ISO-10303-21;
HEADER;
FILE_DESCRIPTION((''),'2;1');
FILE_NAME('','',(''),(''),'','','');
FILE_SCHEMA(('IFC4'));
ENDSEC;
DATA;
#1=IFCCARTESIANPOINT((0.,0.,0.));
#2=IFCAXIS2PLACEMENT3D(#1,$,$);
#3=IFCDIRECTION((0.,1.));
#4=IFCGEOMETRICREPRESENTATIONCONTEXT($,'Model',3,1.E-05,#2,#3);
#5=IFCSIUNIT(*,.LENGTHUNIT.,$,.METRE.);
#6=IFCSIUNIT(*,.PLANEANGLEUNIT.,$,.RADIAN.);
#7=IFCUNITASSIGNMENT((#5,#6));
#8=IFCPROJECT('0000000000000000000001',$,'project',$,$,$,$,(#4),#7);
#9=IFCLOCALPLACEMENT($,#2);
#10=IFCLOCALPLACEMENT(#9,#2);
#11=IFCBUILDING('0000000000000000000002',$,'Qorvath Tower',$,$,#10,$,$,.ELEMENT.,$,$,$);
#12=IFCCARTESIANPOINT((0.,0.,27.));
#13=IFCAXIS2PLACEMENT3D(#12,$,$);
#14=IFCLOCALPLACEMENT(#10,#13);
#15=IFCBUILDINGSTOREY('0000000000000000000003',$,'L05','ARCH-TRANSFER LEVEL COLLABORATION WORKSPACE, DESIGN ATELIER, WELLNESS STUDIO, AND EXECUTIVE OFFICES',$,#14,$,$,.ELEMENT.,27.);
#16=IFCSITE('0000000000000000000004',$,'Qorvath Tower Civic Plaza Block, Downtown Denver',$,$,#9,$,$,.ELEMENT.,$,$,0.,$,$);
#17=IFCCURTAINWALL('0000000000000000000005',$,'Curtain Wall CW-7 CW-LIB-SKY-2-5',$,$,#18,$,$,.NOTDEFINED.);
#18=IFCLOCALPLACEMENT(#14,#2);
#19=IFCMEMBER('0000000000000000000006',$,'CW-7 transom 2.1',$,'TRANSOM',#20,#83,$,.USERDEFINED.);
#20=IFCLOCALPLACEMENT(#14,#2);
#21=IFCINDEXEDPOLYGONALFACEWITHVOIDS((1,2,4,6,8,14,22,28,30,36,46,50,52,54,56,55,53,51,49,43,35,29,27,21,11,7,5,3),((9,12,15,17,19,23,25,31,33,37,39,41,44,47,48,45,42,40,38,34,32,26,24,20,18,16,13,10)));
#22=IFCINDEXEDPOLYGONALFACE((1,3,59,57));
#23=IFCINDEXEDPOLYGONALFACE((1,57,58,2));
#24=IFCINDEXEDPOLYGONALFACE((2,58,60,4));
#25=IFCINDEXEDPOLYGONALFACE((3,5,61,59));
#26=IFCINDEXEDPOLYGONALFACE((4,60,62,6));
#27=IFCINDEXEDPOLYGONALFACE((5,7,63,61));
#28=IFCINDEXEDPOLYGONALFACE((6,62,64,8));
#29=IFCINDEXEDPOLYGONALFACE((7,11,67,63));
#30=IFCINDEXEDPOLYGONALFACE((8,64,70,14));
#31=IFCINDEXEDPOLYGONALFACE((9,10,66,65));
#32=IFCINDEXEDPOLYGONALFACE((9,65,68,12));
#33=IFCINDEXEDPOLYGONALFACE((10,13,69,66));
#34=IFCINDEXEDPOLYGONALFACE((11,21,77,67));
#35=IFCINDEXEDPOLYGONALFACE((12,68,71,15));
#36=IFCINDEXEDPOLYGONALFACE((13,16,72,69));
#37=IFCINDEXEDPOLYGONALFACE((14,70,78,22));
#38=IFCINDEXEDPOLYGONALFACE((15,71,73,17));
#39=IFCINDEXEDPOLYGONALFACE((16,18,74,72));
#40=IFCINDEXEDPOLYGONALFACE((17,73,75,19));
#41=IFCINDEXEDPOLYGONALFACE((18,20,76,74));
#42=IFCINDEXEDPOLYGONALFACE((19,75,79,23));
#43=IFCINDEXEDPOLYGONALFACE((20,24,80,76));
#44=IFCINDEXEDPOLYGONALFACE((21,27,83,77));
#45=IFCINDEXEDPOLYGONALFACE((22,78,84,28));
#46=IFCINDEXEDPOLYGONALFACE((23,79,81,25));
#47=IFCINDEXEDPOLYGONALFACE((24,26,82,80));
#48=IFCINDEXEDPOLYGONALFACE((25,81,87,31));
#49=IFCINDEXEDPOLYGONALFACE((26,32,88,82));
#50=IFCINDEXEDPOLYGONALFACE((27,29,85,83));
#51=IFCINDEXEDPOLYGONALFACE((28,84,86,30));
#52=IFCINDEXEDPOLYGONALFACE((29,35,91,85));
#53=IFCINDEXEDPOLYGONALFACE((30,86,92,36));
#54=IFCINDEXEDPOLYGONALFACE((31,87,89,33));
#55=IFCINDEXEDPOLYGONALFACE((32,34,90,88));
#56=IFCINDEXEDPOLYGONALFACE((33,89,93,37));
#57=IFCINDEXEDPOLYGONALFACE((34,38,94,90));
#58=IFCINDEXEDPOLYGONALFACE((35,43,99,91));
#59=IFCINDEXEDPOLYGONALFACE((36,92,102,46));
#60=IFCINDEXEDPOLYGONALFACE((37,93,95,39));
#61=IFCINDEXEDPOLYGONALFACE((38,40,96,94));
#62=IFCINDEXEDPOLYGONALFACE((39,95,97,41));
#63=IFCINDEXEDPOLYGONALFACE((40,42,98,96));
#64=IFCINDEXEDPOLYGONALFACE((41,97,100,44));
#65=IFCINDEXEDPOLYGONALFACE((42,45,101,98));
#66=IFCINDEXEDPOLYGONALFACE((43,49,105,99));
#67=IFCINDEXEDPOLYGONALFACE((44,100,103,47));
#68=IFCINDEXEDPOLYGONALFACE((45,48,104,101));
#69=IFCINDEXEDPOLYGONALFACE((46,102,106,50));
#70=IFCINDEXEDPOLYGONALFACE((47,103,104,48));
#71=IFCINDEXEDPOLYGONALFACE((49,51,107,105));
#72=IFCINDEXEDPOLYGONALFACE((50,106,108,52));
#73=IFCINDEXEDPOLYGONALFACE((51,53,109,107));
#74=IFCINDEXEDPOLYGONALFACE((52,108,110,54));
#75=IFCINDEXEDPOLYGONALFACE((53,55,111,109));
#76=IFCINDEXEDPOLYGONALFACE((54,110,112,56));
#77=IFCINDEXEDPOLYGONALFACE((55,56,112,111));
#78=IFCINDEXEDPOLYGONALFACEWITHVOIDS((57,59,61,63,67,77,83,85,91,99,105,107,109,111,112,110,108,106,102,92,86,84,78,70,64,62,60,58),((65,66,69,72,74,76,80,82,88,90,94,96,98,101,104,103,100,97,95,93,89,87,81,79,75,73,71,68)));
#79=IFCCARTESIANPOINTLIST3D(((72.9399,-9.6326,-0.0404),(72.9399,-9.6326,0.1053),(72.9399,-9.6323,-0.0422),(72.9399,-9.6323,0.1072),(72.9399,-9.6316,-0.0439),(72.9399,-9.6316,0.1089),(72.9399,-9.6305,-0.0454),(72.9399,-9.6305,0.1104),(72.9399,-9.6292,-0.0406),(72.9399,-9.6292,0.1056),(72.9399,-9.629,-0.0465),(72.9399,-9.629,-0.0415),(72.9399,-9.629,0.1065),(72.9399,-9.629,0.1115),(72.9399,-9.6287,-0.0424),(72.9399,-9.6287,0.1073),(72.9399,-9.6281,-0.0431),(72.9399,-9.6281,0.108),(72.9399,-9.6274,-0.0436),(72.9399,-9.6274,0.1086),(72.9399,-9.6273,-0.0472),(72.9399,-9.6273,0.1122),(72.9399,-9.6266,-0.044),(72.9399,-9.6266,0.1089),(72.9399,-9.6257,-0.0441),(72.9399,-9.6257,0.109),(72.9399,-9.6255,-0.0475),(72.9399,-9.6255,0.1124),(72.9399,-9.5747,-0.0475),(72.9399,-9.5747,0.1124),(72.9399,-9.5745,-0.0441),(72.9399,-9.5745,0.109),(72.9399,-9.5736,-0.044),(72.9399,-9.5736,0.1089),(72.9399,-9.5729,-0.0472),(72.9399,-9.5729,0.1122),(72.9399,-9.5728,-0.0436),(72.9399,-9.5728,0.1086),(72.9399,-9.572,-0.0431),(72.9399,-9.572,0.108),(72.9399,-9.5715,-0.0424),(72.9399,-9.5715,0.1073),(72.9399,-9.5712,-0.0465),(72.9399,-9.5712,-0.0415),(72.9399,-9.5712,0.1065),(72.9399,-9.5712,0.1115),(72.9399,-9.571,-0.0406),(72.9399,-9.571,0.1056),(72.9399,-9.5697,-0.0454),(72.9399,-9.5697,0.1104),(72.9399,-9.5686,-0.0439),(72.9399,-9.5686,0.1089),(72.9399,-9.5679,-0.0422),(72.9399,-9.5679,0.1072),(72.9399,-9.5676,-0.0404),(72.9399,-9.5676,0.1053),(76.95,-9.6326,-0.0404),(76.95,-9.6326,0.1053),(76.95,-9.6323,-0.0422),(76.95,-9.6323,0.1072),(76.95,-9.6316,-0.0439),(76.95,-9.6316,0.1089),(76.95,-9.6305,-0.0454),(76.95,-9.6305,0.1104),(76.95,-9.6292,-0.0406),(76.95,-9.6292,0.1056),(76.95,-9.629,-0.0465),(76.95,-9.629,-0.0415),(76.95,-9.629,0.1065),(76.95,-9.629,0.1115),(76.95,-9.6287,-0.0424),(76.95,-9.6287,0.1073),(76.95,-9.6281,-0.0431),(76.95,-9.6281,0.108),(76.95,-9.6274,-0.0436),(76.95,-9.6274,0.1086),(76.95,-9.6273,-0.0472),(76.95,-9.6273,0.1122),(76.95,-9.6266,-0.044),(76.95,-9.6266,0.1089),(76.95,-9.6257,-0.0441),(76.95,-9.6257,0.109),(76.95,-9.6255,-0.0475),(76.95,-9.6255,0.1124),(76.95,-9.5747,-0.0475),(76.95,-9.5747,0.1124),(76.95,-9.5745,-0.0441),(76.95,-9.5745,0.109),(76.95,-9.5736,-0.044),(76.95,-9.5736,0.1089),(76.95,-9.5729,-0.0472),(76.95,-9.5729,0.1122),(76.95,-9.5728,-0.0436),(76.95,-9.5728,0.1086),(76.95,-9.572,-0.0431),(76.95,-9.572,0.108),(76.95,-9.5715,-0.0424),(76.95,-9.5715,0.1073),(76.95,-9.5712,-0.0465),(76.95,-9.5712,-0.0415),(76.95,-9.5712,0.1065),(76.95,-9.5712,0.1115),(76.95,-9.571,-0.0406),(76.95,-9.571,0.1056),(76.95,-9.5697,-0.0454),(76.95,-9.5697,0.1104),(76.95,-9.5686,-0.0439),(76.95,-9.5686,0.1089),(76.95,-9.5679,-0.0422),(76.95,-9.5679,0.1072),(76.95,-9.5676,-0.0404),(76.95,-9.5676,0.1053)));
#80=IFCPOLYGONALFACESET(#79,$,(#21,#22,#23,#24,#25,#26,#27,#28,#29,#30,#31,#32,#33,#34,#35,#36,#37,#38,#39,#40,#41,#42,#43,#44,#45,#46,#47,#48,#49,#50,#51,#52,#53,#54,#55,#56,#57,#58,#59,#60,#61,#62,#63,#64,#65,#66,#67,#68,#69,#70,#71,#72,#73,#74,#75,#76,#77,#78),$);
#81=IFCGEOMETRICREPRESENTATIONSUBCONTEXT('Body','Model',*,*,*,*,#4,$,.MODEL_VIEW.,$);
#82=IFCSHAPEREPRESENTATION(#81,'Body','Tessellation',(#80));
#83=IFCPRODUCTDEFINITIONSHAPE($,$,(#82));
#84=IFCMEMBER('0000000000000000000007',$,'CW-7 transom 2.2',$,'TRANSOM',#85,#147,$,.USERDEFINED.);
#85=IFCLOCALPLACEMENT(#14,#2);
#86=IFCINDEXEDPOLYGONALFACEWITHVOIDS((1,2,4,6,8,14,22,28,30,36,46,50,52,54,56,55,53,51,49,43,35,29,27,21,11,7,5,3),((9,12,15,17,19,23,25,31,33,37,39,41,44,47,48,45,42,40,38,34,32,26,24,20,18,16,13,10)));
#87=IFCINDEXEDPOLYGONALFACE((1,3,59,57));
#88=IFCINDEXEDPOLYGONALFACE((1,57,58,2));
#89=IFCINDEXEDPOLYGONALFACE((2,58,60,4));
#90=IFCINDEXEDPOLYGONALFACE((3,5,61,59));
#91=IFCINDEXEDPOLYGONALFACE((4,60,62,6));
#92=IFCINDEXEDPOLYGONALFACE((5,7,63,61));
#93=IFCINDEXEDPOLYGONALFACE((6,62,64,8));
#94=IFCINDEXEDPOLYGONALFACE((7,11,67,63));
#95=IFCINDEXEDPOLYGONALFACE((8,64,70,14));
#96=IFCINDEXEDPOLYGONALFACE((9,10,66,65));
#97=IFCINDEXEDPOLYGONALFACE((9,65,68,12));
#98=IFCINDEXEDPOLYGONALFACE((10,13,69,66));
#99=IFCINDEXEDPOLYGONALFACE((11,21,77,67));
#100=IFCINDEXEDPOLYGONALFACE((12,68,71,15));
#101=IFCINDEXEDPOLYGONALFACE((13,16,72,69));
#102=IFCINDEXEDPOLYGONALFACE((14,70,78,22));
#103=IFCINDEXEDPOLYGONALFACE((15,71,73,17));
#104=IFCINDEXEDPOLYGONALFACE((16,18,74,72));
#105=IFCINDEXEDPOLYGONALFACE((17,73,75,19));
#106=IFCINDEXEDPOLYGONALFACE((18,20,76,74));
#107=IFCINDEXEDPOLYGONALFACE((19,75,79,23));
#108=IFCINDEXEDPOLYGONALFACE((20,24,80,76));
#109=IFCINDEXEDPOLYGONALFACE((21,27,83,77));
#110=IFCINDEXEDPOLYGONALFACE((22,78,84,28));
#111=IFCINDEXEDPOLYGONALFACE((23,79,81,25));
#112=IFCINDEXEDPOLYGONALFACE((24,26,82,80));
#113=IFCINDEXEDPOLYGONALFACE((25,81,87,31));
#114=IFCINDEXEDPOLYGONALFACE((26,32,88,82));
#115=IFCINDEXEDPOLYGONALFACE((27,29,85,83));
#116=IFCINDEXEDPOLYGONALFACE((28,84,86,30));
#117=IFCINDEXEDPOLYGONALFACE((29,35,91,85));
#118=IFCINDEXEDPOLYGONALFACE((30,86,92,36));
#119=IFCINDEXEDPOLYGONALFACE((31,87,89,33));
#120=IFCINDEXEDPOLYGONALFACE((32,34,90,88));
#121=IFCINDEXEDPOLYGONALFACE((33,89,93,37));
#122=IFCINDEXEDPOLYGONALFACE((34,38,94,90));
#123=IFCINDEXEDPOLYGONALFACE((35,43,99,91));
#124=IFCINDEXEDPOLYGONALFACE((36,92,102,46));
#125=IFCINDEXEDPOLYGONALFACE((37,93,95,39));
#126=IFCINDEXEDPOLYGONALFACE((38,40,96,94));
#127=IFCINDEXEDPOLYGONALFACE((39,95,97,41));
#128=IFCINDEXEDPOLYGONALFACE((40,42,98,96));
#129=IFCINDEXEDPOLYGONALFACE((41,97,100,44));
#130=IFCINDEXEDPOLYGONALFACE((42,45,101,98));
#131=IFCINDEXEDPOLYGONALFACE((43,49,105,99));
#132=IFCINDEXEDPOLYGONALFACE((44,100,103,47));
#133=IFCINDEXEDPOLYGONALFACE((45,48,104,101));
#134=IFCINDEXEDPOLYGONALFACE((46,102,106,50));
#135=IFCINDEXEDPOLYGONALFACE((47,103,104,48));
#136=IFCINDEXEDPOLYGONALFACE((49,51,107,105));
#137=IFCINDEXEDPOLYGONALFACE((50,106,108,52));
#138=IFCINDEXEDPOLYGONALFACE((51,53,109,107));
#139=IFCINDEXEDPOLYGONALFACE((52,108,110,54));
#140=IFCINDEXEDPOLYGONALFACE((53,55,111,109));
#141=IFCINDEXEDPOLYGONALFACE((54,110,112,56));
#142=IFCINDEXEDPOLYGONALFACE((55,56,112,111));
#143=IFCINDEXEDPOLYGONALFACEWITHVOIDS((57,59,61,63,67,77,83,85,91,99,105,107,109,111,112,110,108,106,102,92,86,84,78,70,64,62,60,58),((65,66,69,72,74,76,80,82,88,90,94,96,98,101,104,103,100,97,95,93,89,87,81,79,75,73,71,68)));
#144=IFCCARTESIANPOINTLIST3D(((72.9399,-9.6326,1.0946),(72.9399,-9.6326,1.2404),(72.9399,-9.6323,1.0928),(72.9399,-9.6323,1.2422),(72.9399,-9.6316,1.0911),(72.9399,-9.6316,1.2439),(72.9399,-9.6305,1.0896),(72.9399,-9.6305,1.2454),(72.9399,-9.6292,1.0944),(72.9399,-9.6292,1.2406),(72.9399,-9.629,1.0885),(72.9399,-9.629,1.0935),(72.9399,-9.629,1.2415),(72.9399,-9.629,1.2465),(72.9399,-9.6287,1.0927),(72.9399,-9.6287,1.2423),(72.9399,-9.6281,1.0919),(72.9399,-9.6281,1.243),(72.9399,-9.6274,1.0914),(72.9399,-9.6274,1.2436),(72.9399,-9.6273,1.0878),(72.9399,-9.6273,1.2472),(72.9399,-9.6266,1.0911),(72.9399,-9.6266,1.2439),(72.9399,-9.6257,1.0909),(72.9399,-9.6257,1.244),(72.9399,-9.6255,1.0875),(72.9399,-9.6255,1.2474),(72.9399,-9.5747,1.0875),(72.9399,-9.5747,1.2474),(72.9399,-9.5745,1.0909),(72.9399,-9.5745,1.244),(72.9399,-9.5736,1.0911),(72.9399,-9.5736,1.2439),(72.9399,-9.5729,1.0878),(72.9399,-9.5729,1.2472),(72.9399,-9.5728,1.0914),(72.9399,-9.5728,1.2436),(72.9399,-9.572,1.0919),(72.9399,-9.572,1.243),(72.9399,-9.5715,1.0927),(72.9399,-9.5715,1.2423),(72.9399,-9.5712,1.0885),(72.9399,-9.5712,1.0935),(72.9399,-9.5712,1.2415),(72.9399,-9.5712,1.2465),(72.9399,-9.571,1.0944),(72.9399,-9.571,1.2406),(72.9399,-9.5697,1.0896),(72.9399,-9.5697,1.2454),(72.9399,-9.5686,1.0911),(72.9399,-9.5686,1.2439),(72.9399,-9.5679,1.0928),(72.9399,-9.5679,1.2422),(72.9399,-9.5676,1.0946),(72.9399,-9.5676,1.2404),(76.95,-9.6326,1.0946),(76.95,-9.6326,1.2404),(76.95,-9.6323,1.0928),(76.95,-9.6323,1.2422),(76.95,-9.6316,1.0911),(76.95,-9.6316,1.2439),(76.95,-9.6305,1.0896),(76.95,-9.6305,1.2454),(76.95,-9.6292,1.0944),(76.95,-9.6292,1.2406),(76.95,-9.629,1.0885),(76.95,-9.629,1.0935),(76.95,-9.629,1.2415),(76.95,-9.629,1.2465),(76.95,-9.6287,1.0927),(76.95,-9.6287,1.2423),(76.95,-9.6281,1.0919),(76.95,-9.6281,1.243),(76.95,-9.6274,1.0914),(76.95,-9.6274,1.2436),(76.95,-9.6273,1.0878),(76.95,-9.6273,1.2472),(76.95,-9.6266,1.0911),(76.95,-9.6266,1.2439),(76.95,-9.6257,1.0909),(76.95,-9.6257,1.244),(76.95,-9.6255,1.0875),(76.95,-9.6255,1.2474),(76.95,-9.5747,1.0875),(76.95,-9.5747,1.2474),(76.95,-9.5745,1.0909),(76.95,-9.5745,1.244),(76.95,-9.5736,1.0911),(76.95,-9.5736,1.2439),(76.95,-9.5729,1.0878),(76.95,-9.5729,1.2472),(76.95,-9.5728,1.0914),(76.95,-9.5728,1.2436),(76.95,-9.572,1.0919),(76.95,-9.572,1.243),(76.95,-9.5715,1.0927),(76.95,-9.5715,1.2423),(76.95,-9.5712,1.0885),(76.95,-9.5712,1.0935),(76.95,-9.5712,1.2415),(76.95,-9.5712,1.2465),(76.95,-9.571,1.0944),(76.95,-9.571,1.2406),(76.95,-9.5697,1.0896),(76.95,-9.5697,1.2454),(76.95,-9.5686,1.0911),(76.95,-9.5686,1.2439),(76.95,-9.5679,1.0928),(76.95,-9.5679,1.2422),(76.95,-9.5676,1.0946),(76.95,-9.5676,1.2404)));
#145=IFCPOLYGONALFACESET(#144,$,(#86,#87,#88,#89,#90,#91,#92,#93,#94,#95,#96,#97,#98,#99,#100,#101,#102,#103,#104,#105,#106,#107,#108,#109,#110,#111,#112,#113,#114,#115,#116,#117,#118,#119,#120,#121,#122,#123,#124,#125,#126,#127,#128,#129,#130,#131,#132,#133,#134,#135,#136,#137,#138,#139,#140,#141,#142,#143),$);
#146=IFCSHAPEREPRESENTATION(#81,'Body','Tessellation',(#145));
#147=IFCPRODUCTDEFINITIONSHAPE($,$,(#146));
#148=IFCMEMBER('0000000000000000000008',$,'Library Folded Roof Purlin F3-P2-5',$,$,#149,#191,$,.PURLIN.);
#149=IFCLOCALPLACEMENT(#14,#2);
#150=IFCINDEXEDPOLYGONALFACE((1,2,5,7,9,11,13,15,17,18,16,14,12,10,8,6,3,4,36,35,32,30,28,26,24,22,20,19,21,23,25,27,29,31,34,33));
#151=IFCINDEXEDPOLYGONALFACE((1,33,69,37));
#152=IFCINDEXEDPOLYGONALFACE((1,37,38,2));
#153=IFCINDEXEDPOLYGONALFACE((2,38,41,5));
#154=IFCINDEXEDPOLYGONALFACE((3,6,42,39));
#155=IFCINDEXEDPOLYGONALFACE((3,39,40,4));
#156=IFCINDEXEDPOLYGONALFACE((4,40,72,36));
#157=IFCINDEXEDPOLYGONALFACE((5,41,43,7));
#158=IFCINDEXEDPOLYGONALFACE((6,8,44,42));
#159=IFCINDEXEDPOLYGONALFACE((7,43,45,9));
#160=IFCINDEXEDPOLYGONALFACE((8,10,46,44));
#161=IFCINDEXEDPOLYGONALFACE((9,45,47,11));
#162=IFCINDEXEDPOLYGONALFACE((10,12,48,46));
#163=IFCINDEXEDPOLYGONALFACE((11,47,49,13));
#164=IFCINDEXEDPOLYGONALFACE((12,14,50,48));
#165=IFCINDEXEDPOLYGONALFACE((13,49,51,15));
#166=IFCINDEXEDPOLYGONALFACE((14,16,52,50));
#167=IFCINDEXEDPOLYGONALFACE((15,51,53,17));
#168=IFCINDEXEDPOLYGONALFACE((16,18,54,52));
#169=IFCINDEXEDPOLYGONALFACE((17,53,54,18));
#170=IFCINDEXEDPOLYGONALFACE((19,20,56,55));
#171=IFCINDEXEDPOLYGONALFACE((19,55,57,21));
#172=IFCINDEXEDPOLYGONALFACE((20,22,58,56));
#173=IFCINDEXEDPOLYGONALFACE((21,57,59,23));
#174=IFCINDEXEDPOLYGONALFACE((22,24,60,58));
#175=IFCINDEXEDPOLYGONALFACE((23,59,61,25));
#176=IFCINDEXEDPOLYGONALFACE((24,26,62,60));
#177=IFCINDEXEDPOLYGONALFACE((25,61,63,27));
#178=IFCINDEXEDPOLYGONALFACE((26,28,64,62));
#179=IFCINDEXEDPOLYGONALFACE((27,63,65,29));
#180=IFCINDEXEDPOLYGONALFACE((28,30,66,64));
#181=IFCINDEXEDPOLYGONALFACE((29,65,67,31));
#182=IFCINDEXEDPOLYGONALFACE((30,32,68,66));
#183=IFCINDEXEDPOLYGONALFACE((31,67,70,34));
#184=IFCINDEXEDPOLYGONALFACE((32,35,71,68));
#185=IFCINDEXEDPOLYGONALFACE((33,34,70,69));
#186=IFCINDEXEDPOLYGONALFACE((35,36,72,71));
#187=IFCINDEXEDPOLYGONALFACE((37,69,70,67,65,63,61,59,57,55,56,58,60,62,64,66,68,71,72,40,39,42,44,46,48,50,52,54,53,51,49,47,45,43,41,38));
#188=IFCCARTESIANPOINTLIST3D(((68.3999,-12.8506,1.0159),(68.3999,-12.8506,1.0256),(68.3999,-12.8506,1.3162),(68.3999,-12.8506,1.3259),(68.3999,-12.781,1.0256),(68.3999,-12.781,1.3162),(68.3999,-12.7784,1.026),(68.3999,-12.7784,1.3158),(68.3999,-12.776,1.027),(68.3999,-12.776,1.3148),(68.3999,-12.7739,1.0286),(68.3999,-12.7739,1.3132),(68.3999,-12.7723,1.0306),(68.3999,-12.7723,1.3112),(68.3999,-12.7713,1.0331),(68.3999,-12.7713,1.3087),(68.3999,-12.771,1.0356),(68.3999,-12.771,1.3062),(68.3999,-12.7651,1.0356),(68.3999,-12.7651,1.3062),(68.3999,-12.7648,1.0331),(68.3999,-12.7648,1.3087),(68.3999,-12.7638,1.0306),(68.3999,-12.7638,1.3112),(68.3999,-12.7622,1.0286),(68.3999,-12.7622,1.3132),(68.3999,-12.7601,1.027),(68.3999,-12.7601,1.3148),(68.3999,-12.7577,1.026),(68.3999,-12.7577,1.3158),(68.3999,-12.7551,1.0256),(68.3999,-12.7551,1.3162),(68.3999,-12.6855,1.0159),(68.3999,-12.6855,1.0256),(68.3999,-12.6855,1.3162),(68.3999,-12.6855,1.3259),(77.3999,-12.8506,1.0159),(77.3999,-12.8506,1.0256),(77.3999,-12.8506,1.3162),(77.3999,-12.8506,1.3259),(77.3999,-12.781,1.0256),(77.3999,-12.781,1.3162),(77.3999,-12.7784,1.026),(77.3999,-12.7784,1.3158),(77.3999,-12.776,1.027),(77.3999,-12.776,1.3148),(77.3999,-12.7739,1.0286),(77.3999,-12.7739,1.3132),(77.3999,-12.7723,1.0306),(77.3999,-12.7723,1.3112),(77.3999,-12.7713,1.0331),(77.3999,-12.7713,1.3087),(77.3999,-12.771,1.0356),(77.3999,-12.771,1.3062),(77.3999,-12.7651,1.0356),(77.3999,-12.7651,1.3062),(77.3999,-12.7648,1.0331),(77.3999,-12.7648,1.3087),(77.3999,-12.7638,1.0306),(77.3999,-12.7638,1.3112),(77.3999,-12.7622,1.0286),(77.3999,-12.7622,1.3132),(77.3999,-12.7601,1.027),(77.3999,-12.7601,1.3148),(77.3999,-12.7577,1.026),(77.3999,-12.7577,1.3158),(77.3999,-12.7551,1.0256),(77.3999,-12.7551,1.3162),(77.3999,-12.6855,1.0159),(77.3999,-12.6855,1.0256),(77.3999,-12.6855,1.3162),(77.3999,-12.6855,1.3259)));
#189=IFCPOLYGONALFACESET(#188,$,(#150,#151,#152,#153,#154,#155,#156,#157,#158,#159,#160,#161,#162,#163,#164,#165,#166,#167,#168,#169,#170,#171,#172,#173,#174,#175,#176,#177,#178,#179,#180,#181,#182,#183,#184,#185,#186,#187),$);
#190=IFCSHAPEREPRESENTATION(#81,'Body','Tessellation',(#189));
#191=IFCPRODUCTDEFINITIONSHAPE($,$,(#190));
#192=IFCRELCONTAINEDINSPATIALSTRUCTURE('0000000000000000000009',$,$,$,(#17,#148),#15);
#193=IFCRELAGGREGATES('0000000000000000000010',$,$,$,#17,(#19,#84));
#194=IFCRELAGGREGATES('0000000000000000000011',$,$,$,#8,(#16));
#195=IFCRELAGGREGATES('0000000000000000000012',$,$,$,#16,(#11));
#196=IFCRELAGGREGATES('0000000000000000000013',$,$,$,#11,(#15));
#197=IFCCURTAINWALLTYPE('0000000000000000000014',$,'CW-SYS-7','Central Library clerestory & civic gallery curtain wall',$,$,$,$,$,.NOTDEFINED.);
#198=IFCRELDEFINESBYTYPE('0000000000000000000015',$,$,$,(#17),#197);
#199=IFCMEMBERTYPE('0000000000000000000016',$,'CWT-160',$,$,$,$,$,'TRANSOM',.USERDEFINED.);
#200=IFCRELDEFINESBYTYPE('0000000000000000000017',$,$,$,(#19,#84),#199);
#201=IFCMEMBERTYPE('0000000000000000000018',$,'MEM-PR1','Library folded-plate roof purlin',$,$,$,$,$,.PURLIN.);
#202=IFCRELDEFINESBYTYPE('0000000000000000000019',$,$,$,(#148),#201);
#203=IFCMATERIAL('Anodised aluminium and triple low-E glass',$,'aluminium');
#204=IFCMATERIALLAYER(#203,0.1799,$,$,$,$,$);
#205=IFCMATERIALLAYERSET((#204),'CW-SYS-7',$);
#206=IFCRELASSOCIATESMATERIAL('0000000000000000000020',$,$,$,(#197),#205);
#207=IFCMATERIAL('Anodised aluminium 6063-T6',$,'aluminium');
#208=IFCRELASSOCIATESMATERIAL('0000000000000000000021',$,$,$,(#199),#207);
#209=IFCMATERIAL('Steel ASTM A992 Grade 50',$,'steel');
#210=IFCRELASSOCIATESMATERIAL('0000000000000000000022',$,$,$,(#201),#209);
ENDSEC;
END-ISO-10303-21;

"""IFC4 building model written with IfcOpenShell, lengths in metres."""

from ifc_helpers import new_model, si_unit, direction, frame, origin, origin_2d, place, context, subcontext, project, spatial, hollow_rectangle, i_section, extrude, material, layer, layer_set, material_profile, profile_set, type_object, element, aggregate, save


model = new_model("IFC4")

# Units and contexts
model_context = context("Model", 3, precision=1e-05, world=origin(), true_north=direction((0.0, 1.0)))
body_context = subcontext(model_context, "Body", "Model", "MODEL_VIEW")
ifc_project = project(units=[si_unit("LENGTHUNIT", "METRE"), si_unit("PLANEANGLEUNIT", "RADIAN")], contexts=[model_context])

# Site, building, storey
site_placement = place(None, origin())
site = spatial("IfcSite", under=ifc_project, at=site_placement, Name="Qorvath Tower Civic Plaza Block, Downtown Denver", CompositionType="ELEMENT", RefElevation=0.0)
building_placement = place(site_placement, origin())
building = spatial("IfcBuilding", under=site, at=building_placement, Name="Qorvath Tower", CompositionType="ELEMENT")
storey_placement = place(building_placement, frame((0.0, 0.0, 27.0)))
storey = spatial("IfcBuildingStorey", under=building, at=storey_placement, Name="L05", Description="ARCH-TRANSFER LEVEL COLLABORATION WORKSPACE, DESIGN ATELIER, WELLNESS STUDIO, AND EXECUTIVE OFFICES", CompositionType="ELEMENT", Elevation=27.0)

# Shared definitions
ifc_material_1 = material(Name="Anodised aluminium and triple low-E glass", Category="aluminium")
ifc_layer_1 = layer(ifc_material_1, 0.1799)
ifc_layer_set_1 = layer_set([ifc_layer_1], Name="CW-SYS-7")
curtain_wall_type = type_object("IfcCurtainWallType", Name="CW-SYS-7", Description="Central Library clerestory & civic gallery curtain wall", PredefinedType="NOTDEFINED", material=ifc_layer_set_1)

# Curtain wall
curtain_wall_1_placement = place(storey_placement, origin())
curtain_wall_1 = element("IfcCurtainWall", 1, at=curtain_wall_1_placement, inside=storey, type_object=curtain_wall_type, Name="Curtain Wall CW-7 CW-LIB-SKY-2-5", PredefinedType="NOTDEFINED")

# Members
ifc_material_2 = material(Name="Anodised aluminium 6063-T6", Category="aluminium")
ifc_material_profile_1 = material_profile(ifc_material_2, hollow_rectangle(XDim=0.0649, YDim=0.1599, WallThickness=0.0034, InnerFilletRadius=0.0034, OuterFilletRadius=0.0071, at=origin_2d()), Name="CWT 160x65")
ifc_profile_set_1 = profile_set([ifc_material_profile_1], Name="Anodised aluminium 6063-T6")
member_type_1 = type_object("IfcMemberType", Name="CWT-160", ElementType="TRANSOM", PredefinedType="USERDEFINED", material=ifc_profile_set_1)
member_1_placement = place(storey_placement, frame((72.9399, -9.6001, 0.0325), z_axis=(1.0, 0.0, 0.0), x_axis=(0.0, 1.0, 0.0)))
member_1 = element("IfcMember", 2, at=member_1_placement, type_object=member_type_1, Name="CW-7 transom 2.1", ObjectType="TRANSOM", PredefinedType="USERDEFINED", context=body_context, shape_type="SweptSolid", body=[
    extrude(hollow_rectangle(XDim=0.0649, YDim=0.1599, WallThickness=0.0034, InnerFilletRadius=0.0034, OuterFilletRadius=0.0071, at=origin_2d()), origin(), (0.0, 0.0, 1.0), 4.01),
])
member_2_placement = place(storey_placement, frame((72.9399, -9.6001, 1.1675), z_axis=(1.0, 0.0, 0.0), x_axis=(0.0, 1.0, 0.0)))
member_2 = element("IfcMember", 3, at=member_2_placement, type_object=member_type_1, Name="CW-7 transom 2.2", ObjectType="TRANSOM", PredefinedType="USERDEFINED", context=body_context, shape_type="SweptSolid", body=[
    extrude(hollow_rectangle(XDim=0.0649, YDim=0.1599, WallThickness=0.0034, InnerFilletRadius=0.0034, OuterFilletRadius=0.0071, at=origin_2d()), origin(), (0.0, 0.0, 1.0), 4.01),
])

# Member
ifc_material_3 = material(Name="Steel ASTM A992 Grade 50", Category="steel")
ifc_material_profile_2 = material_profile(ifc_material_3, i_section(OverallWidth=0.165, OverallDepth=0.3101, WebThickness=0.0059, FlangeThickness=0.0098, FilletRadius=0.01, at=origin_2d()), Name="W12x26")
ifc_profile_set_2 = profile_set([ifc_material_profile_2], Name="Steel ASTM A992 Grade 50")
member_type_2 = type_object("IfcMemberType", Name="MEM-PR1", Description="Library folded-plate roof purlin", PredefinedType="PURLIN", material=ifc_profile_set_2)
for number, where, z_axis, x_axis, name in (
    (4, (68.3999, -12.7681, 1.1709), (1.0, 0.0, 0.0), (0.0, 1.0, 0.0), "Library Folded Roof Purlin F3-P2-5"),
):
    element("IfcMember", number, at=place(storey_placement, frame(where, z_axis=z_axis, x_axis=x_axis)), inside=storey, type_object=member_type_2, Name=name, PredefinedType="PURLIN", context=body_context, shape_type="SweptSolid", body=[
        extrude(i_section(OverallWidth=0.165, OverallDepth=0.3101, WebThickness=0.0059, FlangeThickness=0.0098, FilletRadius=0.01, at=origin_2d()), origin(), (0.0, 0.0, 1.0), 9.0),
    ])

aggregate(curtain_wall_1, [member_1, member_2])

save(model, "model.ifc")
